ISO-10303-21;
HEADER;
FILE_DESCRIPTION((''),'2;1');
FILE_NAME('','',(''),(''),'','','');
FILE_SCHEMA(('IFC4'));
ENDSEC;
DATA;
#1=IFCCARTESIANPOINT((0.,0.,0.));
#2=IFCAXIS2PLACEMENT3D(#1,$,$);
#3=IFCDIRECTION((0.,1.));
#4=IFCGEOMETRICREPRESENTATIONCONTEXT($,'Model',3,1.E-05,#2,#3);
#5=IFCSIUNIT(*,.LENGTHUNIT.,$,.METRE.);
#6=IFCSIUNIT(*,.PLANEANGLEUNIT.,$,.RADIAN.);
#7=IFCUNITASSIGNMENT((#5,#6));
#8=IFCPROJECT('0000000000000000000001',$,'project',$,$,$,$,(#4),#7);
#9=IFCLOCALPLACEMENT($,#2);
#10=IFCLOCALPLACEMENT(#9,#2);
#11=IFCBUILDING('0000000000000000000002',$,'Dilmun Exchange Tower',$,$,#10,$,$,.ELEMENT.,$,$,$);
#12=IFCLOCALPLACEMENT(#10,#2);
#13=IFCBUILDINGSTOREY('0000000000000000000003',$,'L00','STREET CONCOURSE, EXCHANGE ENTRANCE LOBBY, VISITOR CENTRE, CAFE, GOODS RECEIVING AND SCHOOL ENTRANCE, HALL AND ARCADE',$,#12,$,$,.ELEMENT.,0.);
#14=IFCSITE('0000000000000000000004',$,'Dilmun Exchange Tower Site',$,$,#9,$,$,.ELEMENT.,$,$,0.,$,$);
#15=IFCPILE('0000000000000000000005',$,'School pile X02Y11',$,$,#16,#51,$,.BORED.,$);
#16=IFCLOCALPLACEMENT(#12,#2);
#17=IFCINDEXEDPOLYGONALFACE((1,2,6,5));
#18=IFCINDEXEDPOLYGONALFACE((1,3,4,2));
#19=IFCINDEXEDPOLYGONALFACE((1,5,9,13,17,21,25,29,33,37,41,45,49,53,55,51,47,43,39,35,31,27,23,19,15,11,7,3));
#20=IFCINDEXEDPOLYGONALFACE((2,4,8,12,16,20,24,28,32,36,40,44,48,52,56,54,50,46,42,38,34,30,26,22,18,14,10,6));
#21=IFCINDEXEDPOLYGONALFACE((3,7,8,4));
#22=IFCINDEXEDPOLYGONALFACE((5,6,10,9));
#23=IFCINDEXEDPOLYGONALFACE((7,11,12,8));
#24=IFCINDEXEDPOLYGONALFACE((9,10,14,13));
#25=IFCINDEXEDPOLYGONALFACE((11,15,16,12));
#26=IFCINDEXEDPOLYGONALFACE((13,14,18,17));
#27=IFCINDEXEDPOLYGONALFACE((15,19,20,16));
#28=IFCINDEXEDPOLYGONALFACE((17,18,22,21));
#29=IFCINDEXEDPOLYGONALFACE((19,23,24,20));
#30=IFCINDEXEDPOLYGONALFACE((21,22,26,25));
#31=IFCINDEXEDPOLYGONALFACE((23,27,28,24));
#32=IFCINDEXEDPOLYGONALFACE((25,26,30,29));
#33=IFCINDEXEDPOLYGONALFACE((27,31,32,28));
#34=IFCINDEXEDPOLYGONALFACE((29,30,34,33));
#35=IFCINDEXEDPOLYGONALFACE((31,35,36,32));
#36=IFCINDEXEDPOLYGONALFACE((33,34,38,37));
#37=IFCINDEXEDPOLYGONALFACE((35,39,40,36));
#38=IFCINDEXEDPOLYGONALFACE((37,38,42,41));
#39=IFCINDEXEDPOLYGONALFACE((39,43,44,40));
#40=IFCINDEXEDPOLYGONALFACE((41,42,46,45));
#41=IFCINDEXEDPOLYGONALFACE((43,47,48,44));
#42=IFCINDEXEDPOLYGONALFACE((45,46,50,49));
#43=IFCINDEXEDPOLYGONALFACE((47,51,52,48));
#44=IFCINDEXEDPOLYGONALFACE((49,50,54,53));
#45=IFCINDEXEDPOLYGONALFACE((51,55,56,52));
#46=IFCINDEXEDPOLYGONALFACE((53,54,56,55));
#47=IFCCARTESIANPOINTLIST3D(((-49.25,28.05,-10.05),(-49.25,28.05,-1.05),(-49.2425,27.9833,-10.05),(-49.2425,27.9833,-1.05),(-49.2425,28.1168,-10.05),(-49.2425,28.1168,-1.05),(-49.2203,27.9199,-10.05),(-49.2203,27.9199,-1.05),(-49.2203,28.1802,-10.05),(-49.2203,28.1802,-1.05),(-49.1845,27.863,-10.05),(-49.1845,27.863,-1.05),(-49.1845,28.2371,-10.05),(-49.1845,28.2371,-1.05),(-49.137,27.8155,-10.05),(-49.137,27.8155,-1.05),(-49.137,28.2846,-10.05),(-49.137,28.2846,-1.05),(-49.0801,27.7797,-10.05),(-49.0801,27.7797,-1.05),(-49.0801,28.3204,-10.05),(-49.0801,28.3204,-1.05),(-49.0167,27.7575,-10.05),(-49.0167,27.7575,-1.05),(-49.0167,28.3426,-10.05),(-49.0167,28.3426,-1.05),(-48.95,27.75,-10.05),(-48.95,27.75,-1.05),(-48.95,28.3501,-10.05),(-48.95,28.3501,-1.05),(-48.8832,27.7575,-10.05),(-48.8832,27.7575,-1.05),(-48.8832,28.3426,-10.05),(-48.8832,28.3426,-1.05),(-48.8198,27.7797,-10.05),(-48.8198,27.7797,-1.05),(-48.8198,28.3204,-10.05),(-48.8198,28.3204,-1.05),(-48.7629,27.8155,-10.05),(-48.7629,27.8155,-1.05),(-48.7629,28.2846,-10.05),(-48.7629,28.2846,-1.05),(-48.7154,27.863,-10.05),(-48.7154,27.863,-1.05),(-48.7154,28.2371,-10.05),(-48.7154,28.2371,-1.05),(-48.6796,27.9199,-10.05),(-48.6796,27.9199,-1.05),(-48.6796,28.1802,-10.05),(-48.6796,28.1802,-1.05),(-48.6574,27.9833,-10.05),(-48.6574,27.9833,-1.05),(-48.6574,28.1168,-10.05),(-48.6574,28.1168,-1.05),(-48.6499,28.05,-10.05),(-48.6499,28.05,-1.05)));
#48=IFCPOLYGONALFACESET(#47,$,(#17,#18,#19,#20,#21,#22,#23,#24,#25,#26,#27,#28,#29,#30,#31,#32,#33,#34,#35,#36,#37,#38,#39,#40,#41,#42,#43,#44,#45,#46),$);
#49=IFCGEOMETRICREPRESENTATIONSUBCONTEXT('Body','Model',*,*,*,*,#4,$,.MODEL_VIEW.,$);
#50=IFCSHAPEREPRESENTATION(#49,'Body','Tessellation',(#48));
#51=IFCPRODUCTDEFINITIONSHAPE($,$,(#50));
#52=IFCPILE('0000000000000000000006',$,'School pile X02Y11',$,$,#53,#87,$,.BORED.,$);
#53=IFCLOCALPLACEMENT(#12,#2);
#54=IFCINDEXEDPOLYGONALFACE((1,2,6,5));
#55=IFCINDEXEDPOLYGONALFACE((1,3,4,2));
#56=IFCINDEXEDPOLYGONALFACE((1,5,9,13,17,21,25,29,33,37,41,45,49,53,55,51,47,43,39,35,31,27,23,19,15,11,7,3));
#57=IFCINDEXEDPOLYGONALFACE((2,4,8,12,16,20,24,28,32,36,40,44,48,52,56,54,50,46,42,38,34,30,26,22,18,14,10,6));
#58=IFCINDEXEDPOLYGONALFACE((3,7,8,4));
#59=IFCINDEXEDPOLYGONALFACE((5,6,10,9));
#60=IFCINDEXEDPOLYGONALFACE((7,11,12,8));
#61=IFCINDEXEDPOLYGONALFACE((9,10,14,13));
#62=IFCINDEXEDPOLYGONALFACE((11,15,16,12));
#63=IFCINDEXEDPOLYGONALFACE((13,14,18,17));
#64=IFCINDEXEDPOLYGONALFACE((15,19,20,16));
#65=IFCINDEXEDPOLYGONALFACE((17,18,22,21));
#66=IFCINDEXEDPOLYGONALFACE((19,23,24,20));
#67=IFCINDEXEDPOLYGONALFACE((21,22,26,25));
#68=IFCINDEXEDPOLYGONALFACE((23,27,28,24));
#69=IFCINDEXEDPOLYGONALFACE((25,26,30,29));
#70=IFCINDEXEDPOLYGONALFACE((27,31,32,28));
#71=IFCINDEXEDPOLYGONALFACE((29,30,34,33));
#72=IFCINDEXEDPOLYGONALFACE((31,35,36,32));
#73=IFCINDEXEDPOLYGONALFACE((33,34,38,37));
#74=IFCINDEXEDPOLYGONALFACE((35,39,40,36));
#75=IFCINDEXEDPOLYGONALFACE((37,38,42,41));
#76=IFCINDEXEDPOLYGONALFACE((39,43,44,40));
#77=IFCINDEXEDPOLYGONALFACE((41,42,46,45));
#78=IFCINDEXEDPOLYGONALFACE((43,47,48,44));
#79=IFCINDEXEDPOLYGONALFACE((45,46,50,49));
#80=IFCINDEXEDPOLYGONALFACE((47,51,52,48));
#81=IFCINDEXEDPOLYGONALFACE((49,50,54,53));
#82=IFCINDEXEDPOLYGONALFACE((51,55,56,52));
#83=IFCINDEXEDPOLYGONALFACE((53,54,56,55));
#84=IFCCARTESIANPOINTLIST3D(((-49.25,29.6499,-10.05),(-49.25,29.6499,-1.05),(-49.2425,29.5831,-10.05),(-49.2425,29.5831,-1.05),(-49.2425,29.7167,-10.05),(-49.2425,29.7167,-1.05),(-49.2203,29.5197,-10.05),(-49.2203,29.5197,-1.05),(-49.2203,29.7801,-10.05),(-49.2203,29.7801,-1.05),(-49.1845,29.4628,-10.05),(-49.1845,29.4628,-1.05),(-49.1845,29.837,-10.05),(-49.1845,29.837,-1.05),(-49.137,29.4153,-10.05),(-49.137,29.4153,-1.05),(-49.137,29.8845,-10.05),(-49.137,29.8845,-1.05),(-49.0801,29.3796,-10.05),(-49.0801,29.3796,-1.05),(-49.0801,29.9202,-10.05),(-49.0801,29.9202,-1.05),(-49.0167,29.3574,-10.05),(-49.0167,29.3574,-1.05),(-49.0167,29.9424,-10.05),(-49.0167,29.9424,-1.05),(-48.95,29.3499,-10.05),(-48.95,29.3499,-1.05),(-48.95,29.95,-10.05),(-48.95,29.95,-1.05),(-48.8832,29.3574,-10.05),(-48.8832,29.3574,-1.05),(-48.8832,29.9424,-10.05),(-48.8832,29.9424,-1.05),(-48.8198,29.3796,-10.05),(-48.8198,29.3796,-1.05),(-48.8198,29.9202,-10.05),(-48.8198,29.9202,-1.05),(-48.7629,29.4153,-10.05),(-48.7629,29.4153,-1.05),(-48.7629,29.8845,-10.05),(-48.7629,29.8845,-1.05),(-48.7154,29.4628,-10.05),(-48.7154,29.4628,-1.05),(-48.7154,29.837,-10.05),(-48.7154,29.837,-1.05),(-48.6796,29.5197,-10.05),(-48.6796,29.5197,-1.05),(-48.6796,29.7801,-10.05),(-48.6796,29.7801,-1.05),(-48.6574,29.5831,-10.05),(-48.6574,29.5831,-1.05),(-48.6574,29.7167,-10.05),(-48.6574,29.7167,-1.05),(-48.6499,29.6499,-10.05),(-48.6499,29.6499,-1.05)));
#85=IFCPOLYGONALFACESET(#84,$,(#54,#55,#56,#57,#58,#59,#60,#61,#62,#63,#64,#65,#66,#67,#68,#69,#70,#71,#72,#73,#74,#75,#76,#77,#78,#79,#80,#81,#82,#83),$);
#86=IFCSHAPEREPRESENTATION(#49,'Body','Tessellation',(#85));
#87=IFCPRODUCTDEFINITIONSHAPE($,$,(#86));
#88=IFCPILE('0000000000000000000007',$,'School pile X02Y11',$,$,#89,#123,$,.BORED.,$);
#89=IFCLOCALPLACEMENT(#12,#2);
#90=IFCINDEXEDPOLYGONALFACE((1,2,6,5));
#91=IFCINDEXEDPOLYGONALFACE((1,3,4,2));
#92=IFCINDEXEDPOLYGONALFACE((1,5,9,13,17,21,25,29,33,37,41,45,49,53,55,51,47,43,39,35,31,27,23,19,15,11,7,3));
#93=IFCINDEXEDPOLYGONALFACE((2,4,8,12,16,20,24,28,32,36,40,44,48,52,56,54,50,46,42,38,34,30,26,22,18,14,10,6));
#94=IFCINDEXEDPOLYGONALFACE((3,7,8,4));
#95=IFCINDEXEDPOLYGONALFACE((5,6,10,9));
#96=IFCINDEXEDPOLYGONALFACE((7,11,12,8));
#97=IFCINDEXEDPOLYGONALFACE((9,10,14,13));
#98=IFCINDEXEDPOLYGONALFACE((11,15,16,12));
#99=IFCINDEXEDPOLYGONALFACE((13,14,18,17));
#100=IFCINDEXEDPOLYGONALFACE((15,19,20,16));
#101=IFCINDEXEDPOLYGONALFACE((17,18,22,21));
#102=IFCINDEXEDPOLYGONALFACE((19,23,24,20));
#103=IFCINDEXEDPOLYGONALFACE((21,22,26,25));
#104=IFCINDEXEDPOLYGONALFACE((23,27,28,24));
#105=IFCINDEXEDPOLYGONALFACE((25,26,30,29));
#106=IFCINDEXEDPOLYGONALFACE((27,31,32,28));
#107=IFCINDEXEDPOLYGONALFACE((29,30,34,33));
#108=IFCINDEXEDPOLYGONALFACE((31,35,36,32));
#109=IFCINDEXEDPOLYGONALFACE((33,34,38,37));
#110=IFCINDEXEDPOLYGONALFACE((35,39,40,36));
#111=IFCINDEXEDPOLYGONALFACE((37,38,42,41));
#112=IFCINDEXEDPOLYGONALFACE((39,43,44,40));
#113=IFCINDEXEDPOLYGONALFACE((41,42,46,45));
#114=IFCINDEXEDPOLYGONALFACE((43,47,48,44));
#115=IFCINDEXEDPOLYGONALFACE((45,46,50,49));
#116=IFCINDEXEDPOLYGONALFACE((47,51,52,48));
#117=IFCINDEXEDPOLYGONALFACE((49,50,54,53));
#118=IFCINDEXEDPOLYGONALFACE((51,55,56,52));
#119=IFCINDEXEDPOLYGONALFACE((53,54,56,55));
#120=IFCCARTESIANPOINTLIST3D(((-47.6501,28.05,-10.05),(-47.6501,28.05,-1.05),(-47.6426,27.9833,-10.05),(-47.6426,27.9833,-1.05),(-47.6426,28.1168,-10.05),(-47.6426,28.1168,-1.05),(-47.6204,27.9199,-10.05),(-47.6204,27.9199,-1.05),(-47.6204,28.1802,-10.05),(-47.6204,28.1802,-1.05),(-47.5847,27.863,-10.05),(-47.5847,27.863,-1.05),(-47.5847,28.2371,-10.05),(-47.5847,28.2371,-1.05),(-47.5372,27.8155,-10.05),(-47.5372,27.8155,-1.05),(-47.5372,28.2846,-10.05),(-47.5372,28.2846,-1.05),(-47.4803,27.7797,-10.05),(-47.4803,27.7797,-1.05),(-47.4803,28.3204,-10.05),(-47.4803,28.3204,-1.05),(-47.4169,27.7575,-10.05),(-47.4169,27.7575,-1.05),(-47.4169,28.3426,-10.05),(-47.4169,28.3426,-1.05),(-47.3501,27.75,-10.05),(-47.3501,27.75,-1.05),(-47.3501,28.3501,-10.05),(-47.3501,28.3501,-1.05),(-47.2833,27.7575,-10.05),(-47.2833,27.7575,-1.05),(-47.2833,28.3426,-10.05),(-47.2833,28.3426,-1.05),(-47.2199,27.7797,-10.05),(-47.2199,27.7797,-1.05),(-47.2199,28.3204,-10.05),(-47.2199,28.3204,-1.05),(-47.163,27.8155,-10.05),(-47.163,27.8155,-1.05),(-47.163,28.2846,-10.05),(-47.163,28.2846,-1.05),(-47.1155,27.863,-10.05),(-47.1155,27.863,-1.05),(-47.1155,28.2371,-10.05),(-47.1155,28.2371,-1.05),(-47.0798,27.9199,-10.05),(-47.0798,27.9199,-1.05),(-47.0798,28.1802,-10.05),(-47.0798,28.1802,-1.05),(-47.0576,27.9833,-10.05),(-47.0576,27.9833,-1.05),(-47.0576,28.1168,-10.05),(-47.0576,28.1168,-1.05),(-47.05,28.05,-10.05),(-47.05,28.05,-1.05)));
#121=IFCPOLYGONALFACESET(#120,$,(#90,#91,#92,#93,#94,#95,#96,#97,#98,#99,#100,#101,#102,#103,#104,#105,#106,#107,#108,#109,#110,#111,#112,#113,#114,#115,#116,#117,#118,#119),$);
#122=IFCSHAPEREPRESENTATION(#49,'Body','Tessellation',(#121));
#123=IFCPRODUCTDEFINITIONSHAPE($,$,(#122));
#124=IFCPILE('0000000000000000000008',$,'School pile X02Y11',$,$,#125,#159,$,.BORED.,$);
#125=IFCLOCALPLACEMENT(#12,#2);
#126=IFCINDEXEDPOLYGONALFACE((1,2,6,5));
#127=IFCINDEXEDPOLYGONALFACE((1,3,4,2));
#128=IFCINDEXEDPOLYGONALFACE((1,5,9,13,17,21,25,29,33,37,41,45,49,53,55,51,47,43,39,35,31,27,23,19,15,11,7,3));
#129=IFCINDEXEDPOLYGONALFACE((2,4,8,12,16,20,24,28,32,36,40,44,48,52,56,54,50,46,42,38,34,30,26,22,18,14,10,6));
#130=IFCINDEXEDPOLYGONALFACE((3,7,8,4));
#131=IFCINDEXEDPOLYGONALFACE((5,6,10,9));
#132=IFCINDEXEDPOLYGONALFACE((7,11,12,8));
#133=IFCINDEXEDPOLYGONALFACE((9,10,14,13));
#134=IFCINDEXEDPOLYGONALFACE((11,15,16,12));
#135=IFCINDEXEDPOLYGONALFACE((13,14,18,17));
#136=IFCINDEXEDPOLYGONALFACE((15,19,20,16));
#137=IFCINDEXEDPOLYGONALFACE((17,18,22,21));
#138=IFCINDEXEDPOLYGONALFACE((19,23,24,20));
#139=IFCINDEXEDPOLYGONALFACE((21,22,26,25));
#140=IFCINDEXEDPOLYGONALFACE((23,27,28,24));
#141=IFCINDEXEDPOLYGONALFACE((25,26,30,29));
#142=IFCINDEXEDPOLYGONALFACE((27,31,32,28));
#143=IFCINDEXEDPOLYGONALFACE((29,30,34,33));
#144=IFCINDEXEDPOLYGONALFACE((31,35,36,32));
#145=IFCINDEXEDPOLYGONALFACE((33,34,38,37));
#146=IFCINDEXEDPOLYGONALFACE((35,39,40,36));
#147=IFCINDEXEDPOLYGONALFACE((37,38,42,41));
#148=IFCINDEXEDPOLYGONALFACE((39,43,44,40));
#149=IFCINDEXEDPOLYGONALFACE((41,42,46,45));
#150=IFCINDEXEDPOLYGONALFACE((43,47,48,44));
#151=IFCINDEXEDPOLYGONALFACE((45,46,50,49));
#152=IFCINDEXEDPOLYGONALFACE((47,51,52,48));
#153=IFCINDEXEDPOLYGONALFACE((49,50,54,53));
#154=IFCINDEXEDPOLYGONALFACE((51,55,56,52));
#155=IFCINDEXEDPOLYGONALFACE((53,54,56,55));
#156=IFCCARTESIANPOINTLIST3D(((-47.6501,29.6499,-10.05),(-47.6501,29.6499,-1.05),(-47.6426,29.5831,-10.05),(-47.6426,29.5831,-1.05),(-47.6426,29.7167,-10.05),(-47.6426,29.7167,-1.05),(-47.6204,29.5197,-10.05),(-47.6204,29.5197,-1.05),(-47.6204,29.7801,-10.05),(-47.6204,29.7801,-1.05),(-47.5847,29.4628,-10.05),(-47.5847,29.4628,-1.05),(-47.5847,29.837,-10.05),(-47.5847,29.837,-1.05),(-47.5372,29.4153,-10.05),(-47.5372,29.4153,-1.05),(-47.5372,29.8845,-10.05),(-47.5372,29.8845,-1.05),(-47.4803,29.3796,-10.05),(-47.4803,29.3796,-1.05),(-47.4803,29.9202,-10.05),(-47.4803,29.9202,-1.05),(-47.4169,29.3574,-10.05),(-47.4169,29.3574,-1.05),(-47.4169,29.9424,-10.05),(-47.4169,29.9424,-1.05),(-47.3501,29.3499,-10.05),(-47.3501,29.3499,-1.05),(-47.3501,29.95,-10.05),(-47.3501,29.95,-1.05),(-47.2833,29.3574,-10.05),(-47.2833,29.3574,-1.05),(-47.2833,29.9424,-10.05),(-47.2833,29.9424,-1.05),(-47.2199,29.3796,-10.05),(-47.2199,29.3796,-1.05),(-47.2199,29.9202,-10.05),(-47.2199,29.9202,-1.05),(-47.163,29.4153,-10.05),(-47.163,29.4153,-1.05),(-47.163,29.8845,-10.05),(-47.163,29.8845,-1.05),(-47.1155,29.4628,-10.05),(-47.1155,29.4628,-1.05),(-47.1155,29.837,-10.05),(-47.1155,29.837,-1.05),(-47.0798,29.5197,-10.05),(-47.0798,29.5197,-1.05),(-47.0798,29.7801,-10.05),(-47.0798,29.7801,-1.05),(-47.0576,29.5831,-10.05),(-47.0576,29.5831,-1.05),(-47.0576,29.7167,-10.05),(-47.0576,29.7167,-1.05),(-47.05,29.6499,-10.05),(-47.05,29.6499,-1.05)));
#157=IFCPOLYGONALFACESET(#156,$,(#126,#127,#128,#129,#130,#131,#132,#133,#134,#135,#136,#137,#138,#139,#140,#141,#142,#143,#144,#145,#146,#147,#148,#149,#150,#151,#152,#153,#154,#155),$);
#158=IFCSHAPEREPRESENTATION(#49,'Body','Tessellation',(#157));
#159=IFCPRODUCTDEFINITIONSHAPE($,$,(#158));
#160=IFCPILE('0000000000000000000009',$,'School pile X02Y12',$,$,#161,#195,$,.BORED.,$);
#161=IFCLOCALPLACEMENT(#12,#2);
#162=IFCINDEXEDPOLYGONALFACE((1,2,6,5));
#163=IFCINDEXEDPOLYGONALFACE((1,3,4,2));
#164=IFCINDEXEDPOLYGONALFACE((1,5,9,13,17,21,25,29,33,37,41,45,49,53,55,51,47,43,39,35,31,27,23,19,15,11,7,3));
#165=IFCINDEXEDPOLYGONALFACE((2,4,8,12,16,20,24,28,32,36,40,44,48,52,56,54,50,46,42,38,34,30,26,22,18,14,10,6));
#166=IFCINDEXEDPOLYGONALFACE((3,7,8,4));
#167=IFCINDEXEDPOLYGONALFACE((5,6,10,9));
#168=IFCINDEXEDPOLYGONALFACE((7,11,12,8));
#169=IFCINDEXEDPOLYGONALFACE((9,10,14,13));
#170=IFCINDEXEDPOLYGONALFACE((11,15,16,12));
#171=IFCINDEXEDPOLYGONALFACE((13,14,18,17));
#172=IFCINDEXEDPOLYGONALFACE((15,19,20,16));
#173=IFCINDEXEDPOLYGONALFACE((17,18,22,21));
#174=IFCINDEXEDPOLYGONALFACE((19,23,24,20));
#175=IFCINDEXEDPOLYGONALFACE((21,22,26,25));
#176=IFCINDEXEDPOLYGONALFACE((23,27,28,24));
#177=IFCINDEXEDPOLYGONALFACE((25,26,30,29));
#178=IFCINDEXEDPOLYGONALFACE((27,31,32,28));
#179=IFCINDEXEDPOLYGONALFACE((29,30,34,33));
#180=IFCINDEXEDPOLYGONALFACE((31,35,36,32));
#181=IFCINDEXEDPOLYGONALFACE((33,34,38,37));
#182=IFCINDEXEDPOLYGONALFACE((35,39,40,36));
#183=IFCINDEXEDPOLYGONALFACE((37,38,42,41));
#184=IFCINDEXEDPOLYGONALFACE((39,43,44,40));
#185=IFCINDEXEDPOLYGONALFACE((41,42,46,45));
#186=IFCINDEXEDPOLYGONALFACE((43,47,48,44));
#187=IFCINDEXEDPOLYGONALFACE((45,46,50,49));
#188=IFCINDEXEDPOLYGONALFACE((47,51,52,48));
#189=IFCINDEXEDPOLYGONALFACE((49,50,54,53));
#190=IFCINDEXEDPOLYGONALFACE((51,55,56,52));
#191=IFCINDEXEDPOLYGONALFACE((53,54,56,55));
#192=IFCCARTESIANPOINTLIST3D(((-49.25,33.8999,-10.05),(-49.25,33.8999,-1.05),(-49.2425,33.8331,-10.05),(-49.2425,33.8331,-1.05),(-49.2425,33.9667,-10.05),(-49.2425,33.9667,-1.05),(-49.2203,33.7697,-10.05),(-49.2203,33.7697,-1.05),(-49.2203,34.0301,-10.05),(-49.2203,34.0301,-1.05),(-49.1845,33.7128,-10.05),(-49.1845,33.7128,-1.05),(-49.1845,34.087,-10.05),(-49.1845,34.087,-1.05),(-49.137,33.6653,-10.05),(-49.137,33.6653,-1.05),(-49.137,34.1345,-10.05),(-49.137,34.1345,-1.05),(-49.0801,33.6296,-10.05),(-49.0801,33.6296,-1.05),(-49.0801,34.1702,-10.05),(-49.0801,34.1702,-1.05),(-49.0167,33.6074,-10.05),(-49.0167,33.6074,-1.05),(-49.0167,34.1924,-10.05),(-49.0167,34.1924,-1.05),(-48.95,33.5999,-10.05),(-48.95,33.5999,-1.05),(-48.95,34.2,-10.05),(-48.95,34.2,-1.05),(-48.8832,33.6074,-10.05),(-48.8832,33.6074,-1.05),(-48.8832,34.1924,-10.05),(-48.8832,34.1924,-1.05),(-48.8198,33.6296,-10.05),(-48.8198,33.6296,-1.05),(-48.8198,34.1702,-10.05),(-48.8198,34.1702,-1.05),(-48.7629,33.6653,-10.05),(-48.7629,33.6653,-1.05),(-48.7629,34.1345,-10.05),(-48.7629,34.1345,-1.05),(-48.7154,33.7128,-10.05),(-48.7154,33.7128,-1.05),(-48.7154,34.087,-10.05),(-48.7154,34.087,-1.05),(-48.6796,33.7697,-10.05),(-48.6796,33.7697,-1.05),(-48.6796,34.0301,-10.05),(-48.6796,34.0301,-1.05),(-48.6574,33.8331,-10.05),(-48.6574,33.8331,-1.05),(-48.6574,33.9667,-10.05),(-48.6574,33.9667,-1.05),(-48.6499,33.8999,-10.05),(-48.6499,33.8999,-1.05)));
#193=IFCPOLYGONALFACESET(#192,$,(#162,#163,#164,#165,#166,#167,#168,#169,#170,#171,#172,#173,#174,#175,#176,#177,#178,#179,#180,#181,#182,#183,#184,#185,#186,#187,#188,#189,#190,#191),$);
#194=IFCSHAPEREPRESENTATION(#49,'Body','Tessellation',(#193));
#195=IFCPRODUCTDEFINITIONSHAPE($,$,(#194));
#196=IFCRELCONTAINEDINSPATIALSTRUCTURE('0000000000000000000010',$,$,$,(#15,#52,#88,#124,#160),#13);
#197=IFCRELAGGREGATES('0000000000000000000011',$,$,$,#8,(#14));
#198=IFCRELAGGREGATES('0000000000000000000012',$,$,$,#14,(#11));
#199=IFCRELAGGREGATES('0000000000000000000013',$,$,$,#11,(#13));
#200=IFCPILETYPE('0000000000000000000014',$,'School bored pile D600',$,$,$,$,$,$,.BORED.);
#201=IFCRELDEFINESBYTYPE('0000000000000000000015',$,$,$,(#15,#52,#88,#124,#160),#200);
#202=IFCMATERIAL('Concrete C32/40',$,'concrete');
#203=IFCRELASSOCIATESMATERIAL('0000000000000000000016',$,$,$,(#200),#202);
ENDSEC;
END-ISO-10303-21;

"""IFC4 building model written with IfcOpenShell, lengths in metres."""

from ifc_helpers import new_model, si_unit, direction, frame, origin, origin_2d, place, context, subcontext, project, spatial, circle, extrude, material, material_profile, profile_set, type_object, element, save


model = new_model("IFC4")

# Units and contexts
model_context = context("Model", 3, precision=1e-05, world=origin(), true_north=direction((0.0, 1.0)))
body_context = subcontext(model_context, "Body", "Model", "MODEL_VIEW")
ifc_project = project(units=[si_unit("LENGTHUNIT", "METRE"), si_unit("PLANEANGLEUNIT", "RADIAN")], contexts=[model_context])

# Site, building, storey
site_placement = place(None, origin())
site = spatial("IfcSite", under=ifc_project, at=site_placement, Name="Dilmun Exchange Tower Site", CompositionType="ELEMENT", RefElevation=0.0)
building_placement = place(site_placement, origin())
building = spatial("IfcBuilding", under=site, at=building_placement, Name="Dilmun Exchange Tower", CompositionType="ELEMENT")
storey_placement = place(building_placement, origin())
storey = spatial("IfcBuildingStorey", under=building, at=storey_placement, Name="L00", Description="STREET CONCOURSE, EXCHANGE ENTRANCE LOBBY, VISITOR CENTRE, CAFE, GOODS RECEIVING AND SCHOOL ENTRANCE, HALL AND ARCADE", CompositionType="ELEMENT", Elevation=0.0)

# Piles
ifc_material_1 = material(Name="Concrete C32/40", Category="concrete")
ifc_material_profile_1 = material_profile(ifc_material_1, circle(Radius=0.3, at=origin_2d()), Name="D600")
ifc_profile_set_1 = profile_set([ifc_material_profile_1], Name="Concrete C32/40")
pile_type = type_object("IfcPileType", Name="School bored pile D600", PredefinedType="BORED", material=ifc_profile_set_1)
for number, where, z_axis, x_axis, name in (
    (1, (-48.95, 28.05, -1.05), (0.0, 0.0, -1.0), (1.0, 0.0, 0.0), "School pile X02Y11"),
    (2, (-48.95, 29.6499, -1.05), (0.0, 0.0, -1.0), (1.0, 0.0, 0.0), "School pile X02Y11"),
    (3, (-47.3501, 28.05, -1.05), (0.0, 0.0, -1.0), (1.0, 0.0, 0.0), "School pile X02Y11"),
    (4, (-47.3501, 29.6499, -1.05), (0.0, 0.0, -1.0), (1.0, 0.0, 0.0), "School pile X02Y11"),
    (5, (-48.95, 33.8999, -1.05), (0.0, 0.0, -1.0), (1.0, 0.0, 0.0), "School pile X02Y12"),
):
    element("IfcPile", number, at=place(storey_placement, frame(where, z_axis=z_axis, x_axis=x_axis)), inside=storey, type_object=pile_type, Name=name, PredefinedType="BORED", context=body_context, shape_type="SweptSolid", body=[
        extrude(circle(Radius=0.3, at=origin_2d()), origin(), (0.0, 0.0, 1.0), 9.0),
    ])

save(model, "model.ifc")
